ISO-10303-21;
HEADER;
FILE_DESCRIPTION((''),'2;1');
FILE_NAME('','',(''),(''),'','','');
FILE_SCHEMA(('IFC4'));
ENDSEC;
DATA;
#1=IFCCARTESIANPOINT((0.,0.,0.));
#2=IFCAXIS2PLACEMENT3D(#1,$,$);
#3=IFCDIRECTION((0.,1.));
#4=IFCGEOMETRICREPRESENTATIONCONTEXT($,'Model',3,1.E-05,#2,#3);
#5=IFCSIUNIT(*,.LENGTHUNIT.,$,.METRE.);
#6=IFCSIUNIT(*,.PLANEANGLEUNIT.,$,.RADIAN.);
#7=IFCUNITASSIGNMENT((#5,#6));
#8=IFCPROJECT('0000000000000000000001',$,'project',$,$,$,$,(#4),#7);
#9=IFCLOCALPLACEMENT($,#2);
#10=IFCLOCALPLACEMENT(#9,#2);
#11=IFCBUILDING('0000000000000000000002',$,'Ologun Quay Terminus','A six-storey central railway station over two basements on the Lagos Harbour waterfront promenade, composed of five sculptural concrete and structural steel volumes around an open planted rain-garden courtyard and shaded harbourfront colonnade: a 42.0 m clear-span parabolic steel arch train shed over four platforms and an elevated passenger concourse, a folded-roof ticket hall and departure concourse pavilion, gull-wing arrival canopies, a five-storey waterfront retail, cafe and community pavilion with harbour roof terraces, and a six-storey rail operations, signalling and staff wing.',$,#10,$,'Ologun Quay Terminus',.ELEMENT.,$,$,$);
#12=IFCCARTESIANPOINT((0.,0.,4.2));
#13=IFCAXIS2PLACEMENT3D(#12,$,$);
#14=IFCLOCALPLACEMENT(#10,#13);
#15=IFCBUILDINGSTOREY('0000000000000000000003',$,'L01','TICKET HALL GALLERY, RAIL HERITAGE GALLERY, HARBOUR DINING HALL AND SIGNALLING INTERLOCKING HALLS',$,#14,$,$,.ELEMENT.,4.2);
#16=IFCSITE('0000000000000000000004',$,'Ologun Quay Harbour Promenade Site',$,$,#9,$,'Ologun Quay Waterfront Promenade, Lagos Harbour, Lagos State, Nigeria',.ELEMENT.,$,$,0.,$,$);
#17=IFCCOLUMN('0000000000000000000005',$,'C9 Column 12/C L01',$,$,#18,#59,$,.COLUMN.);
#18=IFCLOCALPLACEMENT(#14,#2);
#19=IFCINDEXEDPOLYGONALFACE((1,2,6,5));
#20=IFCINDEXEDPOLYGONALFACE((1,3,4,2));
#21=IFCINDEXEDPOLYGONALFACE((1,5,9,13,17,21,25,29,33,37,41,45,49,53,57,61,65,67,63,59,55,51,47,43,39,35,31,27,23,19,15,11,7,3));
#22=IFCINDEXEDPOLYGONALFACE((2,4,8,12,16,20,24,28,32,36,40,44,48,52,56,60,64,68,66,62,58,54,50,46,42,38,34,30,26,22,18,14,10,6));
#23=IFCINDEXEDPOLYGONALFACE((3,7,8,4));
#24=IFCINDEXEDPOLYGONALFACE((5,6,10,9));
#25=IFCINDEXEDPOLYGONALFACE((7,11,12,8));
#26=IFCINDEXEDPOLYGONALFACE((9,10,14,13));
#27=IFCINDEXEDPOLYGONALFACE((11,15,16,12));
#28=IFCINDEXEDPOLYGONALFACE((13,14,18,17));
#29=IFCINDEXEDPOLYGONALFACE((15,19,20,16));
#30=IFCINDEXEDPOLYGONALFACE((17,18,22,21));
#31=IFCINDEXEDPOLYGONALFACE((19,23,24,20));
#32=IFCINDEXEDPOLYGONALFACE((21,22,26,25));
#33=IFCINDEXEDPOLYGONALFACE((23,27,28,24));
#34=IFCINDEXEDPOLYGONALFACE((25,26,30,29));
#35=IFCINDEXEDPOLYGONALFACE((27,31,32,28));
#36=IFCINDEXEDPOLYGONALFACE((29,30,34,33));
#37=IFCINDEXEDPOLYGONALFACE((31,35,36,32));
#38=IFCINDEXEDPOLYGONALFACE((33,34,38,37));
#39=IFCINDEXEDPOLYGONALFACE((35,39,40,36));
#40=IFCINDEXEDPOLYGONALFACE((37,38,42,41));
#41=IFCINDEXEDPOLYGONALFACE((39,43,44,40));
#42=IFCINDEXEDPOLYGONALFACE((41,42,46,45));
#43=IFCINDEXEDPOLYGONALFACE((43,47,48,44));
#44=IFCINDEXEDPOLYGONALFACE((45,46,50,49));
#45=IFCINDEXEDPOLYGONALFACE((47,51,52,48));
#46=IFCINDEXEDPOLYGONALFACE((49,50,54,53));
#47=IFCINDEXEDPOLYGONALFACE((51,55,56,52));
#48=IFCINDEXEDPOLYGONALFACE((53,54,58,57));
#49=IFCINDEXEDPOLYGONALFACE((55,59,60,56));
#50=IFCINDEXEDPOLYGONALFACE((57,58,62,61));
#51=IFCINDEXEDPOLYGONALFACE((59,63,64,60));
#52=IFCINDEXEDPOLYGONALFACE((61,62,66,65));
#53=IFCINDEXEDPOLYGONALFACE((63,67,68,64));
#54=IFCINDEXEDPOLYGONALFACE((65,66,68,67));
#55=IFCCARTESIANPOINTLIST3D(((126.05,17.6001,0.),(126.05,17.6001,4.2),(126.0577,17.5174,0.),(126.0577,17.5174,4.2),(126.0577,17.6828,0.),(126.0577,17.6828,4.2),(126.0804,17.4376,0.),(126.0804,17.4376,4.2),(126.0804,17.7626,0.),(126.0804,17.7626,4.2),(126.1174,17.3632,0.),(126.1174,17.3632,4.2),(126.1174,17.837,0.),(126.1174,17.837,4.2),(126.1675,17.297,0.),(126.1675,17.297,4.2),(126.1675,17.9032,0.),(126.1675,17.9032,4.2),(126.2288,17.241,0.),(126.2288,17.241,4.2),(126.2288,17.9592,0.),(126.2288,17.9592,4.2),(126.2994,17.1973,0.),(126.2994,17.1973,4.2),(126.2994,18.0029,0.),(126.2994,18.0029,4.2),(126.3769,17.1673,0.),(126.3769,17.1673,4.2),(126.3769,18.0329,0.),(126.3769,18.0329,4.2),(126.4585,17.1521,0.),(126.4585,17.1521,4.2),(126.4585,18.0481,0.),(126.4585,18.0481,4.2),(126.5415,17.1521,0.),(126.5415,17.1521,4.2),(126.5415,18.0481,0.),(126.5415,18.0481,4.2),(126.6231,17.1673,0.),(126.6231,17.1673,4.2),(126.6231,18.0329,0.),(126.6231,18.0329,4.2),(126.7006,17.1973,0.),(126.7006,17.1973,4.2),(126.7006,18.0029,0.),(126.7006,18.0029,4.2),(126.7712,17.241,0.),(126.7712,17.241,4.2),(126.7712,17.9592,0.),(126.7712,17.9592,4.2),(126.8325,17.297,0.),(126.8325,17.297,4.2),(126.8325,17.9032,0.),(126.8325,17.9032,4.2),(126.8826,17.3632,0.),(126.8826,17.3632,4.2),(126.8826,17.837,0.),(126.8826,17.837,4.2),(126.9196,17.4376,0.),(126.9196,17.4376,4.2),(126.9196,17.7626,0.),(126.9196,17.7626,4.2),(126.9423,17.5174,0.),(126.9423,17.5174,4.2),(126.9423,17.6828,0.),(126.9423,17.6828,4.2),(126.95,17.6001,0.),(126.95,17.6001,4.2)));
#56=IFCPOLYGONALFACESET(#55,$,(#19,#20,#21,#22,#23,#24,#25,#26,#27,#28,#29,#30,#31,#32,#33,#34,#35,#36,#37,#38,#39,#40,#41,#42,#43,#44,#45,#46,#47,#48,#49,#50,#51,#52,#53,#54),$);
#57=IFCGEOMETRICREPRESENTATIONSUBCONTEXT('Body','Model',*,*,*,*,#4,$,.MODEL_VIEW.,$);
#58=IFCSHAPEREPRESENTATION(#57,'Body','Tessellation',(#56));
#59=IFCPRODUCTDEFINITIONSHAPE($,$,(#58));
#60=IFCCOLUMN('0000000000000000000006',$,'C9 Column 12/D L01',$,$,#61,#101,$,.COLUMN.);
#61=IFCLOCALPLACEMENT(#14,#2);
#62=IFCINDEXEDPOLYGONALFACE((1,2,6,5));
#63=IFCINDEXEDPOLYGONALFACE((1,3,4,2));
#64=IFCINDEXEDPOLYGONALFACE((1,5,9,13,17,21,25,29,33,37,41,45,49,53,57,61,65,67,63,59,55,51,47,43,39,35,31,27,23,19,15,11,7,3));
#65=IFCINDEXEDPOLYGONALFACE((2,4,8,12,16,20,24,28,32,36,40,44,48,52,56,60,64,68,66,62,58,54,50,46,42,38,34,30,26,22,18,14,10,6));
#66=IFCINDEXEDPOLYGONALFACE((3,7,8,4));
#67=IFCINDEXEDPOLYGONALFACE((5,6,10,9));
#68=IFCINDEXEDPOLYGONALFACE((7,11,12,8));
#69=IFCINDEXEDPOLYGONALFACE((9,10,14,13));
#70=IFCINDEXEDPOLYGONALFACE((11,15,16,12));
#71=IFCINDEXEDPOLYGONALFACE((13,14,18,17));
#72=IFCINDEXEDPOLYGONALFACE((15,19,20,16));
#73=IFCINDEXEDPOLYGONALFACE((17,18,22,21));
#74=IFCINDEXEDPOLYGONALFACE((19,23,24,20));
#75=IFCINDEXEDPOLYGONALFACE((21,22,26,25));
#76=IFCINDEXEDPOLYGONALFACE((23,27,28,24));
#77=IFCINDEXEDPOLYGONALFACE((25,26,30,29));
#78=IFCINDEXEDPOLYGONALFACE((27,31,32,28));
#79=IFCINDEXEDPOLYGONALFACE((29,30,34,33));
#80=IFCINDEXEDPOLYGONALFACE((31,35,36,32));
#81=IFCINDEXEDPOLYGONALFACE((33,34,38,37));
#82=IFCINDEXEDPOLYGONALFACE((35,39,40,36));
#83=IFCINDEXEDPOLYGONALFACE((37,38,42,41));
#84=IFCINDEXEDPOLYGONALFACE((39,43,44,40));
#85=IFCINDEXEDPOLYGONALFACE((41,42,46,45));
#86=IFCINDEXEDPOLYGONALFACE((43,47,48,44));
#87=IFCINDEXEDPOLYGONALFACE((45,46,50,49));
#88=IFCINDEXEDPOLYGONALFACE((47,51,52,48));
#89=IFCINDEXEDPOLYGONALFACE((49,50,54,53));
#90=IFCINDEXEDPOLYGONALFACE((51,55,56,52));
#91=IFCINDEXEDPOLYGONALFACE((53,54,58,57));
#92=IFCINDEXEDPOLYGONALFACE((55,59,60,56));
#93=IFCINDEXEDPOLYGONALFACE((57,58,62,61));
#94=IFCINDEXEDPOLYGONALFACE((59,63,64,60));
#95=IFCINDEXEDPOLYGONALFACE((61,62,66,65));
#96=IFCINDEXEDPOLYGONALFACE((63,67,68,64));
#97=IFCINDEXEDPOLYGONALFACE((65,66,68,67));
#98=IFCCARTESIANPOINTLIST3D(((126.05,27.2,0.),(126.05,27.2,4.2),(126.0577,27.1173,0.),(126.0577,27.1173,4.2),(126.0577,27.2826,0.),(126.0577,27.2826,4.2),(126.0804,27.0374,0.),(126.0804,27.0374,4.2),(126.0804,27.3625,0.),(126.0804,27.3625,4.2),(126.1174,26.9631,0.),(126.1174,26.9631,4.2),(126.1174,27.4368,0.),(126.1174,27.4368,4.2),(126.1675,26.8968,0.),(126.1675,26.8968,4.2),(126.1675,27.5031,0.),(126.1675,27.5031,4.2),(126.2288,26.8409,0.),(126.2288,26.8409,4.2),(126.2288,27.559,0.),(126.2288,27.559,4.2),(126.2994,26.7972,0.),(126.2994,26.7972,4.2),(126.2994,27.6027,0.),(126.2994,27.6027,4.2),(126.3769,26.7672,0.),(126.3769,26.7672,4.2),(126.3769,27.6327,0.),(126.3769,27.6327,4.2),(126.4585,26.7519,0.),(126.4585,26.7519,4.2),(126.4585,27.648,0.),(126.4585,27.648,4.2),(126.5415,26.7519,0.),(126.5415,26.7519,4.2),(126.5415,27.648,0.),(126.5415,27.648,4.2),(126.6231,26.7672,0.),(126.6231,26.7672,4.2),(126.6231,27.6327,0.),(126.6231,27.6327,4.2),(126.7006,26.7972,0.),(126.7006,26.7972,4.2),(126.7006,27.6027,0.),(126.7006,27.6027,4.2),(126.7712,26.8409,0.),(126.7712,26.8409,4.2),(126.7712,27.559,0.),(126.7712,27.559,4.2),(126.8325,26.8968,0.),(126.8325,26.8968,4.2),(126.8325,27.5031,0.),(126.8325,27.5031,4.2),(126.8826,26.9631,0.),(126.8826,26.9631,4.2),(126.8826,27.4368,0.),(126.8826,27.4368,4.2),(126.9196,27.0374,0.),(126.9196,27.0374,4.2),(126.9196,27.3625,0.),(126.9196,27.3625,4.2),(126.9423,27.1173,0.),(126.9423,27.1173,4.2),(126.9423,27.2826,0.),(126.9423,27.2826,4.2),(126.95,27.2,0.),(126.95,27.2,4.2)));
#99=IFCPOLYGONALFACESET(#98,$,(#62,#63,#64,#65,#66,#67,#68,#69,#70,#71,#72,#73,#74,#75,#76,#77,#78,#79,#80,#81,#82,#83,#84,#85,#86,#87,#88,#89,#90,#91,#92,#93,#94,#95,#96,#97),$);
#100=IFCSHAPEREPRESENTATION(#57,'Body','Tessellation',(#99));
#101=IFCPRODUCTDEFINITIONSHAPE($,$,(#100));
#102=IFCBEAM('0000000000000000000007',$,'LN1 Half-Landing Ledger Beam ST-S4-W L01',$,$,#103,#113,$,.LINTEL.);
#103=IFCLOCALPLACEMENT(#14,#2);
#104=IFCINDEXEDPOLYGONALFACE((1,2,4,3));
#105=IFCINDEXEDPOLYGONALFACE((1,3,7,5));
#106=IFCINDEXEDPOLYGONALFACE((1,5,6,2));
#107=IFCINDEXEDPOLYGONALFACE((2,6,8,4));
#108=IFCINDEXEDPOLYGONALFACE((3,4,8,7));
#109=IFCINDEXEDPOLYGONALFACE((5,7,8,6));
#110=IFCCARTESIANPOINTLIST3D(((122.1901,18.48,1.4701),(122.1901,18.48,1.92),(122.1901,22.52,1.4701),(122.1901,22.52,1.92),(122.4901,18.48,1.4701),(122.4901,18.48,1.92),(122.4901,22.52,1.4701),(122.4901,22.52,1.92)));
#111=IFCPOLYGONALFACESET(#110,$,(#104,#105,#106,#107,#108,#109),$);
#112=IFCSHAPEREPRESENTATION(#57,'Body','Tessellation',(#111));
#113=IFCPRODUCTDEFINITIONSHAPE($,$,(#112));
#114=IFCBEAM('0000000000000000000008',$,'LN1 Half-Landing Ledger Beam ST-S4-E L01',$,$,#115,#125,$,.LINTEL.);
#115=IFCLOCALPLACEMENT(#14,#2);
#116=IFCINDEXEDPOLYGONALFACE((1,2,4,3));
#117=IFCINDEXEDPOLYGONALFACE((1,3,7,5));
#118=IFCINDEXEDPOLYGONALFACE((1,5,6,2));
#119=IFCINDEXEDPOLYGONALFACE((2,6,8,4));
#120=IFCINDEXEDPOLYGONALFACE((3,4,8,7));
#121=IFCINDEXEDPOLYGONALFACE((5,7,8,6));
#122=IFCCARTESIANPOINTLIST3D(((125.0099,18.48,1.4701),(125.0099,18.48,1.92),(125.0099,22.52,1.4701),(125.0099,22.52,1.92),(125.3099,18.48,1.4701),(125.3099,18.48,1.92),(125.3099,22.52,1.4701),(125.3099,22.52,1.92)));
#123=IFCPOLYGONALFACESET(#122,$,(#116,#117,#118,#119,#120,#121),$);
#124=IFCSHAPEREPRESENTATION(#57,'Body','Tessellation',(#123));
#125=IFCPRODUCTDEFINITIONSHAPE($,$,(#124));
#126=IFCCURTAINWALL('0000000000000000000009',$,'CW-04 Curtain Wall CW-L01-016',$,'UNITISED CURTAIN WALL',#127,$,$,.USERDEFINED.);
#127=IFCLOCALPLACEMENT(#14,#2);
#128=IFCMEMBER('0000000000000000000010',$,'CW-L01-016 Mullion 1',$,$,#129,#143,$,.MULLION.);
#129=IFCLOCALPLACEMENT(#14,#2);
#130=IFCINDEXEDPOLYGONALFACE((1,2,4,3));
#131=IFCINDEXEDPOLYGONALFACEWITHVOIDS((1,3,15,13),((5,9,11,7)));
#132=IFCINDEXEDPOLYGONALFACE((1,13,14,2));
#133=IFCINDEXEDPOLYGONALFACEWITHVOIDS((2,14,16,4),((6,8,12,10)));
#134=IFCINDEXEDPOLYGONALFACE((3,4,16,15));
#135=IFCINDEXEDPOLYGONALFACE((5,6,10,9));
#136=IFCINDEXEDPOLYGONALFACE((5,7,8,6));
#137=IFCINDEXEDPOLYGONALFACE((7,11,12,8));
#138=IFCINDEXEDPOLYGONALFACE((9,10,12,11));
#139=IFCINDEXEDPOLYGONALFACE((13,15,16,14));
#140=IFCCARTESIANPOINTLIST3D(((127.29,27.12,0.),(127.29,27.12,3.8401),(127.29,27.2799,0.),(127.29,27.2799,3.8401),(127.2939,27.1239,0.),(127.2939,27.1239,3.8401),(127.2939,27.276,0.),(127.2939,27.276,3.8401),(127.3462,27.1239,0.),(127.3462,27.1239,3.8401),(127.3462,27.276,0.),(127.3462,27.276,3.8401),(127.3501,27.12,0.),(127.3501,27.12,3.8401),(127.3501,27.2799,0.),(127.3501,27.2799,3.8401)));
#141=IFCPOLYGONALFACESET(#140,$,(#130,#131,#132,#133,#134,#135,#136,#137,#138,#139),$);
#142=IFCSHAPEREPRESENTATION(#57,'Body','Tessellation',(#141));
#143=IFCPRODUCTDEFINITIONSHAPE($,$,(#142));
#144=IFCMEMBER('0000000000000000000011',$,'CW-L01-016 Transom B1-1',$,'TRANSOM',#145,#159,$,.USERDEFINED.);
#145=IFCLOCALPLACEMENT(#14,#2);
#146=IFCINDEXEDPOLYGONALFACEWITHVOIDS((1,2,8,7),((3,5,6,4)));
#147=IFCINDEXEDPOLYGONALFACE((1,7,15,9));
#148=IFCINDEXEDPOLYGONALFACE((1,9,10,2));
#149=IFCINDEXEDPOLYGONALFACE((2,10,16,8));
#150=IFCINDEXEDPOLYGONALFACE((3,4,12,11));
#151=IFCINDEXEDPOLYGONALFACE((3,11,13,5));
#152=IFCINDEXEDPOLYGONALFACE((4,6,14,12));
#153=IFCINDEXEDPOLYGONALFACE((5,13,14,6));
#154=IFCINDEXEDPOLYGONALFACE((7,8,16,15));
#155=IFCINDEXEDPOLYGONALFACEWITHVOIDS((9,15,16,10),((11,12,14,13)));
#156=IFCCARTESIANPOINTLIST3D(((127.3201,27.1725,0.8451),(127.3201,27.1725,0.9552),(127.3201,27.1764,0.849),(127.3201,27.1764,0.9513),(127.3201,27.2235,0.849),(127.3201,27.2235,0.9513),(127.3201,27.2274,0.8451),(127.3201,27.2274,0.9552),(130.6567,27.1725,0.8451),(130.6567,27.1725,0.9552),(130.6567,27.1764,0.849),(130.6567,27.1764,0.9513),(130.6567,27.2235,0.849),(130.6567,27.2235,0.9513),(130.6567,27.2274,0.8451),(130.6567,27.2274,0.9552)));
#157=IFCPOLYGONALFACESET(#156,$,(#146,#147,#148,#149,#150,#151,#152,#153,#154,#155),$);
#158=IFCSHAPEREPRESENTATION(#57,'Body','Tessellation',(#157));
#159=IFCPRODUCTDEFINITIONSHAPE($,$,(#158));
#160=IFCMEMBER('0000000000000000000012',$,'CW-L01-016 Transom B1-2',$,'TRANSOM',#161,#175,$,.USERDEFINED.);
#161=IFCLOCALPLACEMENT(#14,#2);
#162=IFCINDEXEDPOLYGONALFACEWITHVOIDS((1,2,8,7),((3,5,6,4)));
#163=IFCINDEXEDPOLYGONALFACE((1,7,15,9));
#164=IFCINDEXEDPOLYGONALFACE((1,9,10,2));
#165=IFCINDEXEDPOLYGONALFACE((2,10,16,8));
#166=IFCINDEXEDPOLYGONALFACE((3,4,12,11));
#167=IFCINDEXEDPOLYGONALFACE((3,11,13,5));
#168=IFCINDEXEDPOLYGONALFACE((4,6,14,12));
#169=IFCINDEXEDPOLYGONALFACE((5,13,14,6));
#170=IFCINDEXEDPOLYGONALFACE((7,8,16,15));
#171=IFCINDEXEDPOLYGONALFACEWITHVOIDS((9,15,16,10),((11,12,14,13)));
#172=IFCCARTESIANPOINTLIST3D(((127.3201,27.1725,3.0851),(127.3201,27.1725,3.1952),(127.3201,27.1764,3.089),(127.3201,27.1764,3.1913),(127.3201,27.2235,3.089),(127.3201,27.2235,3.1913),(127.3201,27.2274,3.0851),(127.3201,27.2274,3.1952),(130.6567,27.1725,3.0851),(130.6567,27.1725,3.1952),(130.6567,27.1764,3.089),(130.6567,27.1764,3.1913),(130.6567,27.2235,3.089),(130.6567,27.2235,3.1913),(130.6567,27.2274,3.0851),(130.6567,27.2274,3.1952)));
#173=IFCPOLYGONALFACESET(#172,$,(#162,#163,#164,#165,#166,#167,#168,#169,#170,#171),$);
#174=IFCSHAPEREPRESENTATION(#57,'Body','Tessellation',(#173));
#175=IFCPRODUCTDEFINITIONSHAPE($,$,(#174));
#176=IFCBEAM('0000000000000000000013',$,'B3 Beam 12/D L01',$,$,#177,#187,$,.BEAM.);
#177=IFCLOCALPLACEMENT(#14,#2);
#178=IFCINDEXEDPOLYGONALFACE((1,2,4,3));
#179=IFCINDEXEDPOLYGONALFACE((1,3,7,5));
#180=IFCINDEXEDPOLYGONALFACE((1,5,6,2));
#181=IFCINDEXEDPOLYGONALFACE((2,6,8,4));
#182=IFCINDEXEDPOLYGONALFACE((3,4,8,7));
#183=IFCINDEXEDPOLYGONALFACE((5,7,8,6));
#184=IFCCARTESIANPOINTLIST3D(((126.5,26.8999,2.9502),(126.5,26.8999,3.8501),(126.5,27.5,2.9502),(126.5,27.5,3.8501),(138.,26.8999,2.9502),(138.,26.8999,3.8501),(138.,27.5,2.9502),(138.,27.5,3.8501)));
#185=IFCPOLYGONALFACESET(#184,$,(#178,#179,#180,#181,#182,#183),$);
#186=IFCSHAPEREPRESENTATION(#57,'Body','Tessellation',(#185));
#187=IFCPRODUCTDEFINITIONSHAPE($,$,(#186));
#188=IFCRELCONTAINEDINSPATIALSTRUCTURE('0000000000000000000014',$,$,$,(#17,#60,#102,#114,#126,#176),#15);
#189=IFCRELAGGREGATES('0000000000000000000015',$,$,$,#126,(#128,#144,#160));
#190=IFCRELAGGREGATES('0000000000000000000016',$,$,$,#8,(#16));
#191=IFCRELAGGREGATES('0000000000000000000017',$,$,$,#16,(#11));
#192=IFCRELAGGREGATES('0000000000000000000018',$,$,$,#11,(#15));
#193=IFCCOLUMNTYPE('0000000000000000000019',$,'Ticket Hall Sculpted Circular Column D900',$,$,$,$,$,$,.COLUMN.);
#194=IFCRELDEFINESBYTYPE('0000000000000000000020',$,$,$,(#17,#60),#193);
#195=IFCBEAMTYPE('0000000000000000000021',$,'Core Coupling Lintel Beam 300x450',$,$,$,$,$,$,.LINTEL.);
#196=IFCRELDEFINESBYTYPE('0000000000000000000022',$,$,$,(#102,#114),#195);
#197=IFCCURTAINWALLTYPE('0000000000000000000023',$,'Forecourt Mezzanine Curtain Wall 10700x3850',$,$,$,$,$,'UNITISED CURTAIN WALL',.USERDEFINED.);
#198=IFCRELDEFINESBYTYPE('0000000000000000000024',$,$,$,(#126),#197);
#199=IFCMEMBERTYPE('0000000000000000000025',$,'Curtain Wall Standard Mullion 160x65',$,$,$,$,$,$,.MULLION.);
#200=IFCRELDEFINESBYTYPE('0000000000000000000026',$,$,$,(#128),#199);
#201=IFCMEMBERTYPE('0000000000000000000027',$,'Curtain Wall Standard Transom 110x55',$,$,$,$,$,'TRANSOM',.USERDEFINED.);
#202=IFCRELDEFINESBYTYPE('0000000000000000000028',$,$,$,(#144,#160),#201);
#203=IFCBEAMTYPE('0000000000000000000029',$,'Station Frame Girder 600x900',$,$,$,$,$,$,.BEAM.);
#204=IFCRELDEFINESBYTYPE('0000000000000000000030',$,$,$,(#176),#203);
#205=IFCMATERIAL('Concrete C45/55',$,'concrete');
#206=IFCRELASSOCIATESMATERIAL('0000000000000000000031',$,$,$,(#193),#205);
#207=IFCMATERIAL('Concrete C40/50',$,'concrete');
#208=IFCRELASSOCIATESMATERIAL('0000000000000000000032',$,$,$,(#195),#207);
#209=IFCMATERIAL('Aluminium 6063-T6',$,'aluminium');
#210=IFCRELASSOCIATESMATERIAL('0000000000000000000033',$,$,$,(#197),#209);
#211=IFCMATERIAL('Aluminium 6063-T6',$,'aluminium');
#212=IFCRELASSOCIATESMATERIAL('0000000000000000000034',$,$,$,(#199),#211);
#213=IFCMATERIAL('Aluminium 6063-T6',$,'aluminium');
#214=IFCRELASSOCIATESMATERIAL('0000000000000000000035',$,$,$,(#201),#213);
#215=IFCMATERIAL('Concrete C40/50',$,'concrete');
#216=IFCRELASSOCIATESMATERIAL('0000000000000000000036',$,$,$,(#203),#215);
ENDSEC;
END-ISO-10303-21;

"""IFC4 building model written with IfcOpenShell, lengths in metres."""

from ifc_helpers import new_model, si_unit, direction, frame, origin, origin_2d, place, context, subcontext, project, spatial, rectangle, hollow_rectangle, circle, extrude, material, material_profile, profile_set, type_object, element, aggregate, save


model = new_model("IFC4")

# Units and contexts
model_context = context("Model", 3, precision=1e-05, world=origin(), true_north=direction((0.0, 1.0)))
body_context = subcontext(model_context, "Body", "Model", "MODEL_VIEW")
ifc_project = project(units=[si_unit("LENGTHUNIT", "METRE"), si_unit("PLANEANGLEUNIT", "RADIAN")], contexts=[model_context])

# Site, building, storey
site_placement = place(None, origin())
site = spatial("IfcSite", under=ifc_project, at=site_placement, Name="Ologun Quay Harbour Promenade Site", LongName="Ologun Quay Waterfront Promenade, Lagos Harbour, Lagos State, Nigeria", CompositionType="ELEMENT", RefElevation=0.0)
building_placement = place(site_placement, origin())
building = spatial("IfcBuilding", under=site, at=building_placement, Name="Ologun Quay Terminus", Description="A six-storey central railway station over two basements on the Lagos Harbour waterfront promenade, composed of five sculptural concrete and structural steel volumes around an open planted rain-garden courtyard and shaded harbourfront colonnade: a 42.0 m clear-span parabolic steel arch train shed over four platforms and an elevated passenger concourse, a folded-roof ticket hall and departure concourse pavilion, gull-wing arrival canopies, a five-storey waterfront retail, cafe and community pavilion with harbour roof terraces, and a six-storey rail operations, signalling and staff wing.", LongName="Ologun Quay Terminus", CompositionType="ELEMENT")
storey_placement = place(building_placement, frame((0.0, 0.0, 4.2)))
storey = spatial("IfcBuildingStorey", under=building, at=storey_placement, Name="L01", Description="TICKET HALL GALLERY, RAIL HERITAGE GALLERY, HARBOUR DINING HALL AND SIGNALLING INTERLOCKING HALLS", CompositionType="ELEMENT", Elevation=4.2)

# Columns
ifc_material_1 = material(Name="Concrete C45/55", Category="concrete")
ifc_material_profile_1 = material_profile(ifc_material_1, circle(Radius=0.45, at=origin_2d()), Name="RC D900")
ifc_profile_set_1 = profile_set([ifc_material_profile_1], Name="Concrete C45/55")
column_type = type_object("IfcColumnType", Name="Ticket Hall Sculpted Circular Column D900", PredefinedType="COLUMN", material=ifc_profile_set_1)
for number, where, z_axis, x_axis, name in (
    (1, (126.5, 17.6001, 0.0), (0.0, 0.0, 1.0), (1.0, 0.0, 0.0), "C9 Column 12/C L01"),
    (2, (126.5, 27.2, 0.0), (0.0, 0.0, 1.0), (1.0, 0.0, 0.0), "C9 Column 12/D L01"),
):
    element("IfcColumn", number, at=place(storey_placement, frame(where, z_axis=z_axis, x_axis=x_axis)), inside=storey, type_object=column_type, Name=name, PredefinedType="COLUMN", context=body_context, shape_type="SweptSolid", body=[
        extrude(circle(Radius=0.45, at=origin_2d()), origin(), (0.0, 0.0, 1.0), 4.2),
    ])

# Beams
ifc_material_2 = material(Name="Concrete C40/50", Category="concrete")
ifc_material_profile_2 = material_profile(ifc_material_2, rectangle(XDim=0.3, YDim=0.45, at=origin_2d()), Name="RC 300x450")
ifc_profile_set_2 = profile_set([ifc_material_profile_2], Name="Concrete C40/50")
beam_type_1 = type_object("IfcBeamType", Name="Core Coupling Lintel Beam 300x450", PredefinedType="LINTEL", material=ifc_profile_set_2)
for number, where, z_axis, x_axis, name in (
    (3, (122.3401, 18.48, 1.6951), (0.0, 1.0, 0.0), (-1.0, 0.0, 0.0), "LN1 Half-Landing Ledger Beam ST-S4-W L01"),
    (4, (125.1599, 18.48, 1.6951), (0.0, 1.0, 0.0), (-1.0, 0.0, 0.0), "LN1 Half-Landing Ledger Beam ST-S4-E L01"),
):
    element("IfcBeam", number, at=place(storey_placement, frame(where, z_axis=z_axis, x_axis=x_axis)), inside=storey, type_object=beam_type_1, Name=name, PredefinedType="LINTEL", context=body_context, shape_type="SweptSolid", body=[
        extrude(rectangle(XDim=0.3, YDim=0.45, at=origin_2d()), origin(), (0.0, 0.0, 1.0), 4.04),
    ])

# Curtain wall, members
ifc_material_3 = material(Name="Aluminium 6063-T6", Category="aluminium")
curtain_wall_type = type_object("IfcCurtainWallType", Name="Forecourt Mezzanine Curtain Wall 10700x3850", ElementType="UNITISED CURTAIN WALL", PredefinedType="USERDEFINED", material=ifc_material_3)
curtain_wall_placement = place(storey_placement, origin())
curtain_wall = element("IfcCurtainWall", 5, at=curtain_wall_placement, inside=storey, type_object=curtain_wall_type, Name="CW-04 Curtain Wall CW-L01-016", ObjectType="UNITISED CURTAIN WALL", PredefinedType="USERDEFINED")
ifc_material_4 = material(Name="Aluminium 6063-T6", Category="aluminium")
ifc_material_profile_3 = material_profile(ifc_material_4, hollow_rectangle(XDim=0.0601, YDim=0.1599, WallThickness=0.0039, at=origin_2d()), Name="ALU 160x60x4")
ifc_profile_set_3 = profile_set([ifc_material_profile_3], Name="Aluminium 6063-T6")
member_type_1 = type_object("IfcMemberType", Name="Curtain Wall Standard Mullion 160x65", PredefinedType="MULLION", material=ifc_profile_set_3)
member_1_placement = place(storey_placement, frame((127.3201, 27.2, 0.0), z_axis=(0.0, 0.0, 1.0), x_axis=(1.0, 0.0, 0.0)))
member_1 = element("IfcMember", 6, at=member_1_placement, type_object=member_type_1, Name="CW-L01-016 Mullion 1", PredefinedType="MULLION", context=body_context, shape_type="SweptSolid", body=[
    extrude(hollow_rectangle(XDim=0.0601, YDim=0.1599, WallThickness=0.0039, at=origin_2d()), origin(), (0.0, 0.0, 1.0), 3.8401),
])
ifc_material_5 = material(Name="Aluminium 6063-T6", Category="aluminium")
ifc_material_profile_4 = material_profile(ifc_material_5, hollow_rectangle(XDim=0.0549, YDim=0.1101, WallThickness=0.0039, at=origin_2d()), Name="ALU 110x55x4")
ifc_profile_set_4 = profile_set([ifc_material_profile_4], Name="Aluminium 6063-T6")
member_type_2 = type_object("IfcMemberType", Name="Curtain Wall Standard Transom 110x55", ElementType="TRANSOM", PredefinedType="USERDEFINED", material=ifc_profile_set_4)
member_2_placement = place(storey_placement, frame((127.3201, 27.2, 0.9001), z_axis=(1.0, 0.0, 0.0), x_axis=(0.0, 1.0, 0.0)))
member_2 = element("IfcMember", 7, at=member_2_placement, type_object=member_type_2, Name="CW-L01-016 Transom B1-1", ObjectType="TRANSOM", PredefinedType="USERDEFINED", context=body_context, shape_type="SweptSolid", body=[
    extrude(hollow_rectangle(XDim=0.0549, YDim=0.1101, WallThickness=0.0039, at=origin_2d()), origin(), (0.0, 0.0, 1.0), 3.3367),
])
member_3_placement = place(storey_placement, frame((127.3201, 27.2, 3.1401), z_axis=(1.0, 0.0, 0.0), x_axis=(0.0, 1.0, 0.0)))
member_3 = element("IfcMember", 8, at=member_3_placement, type_object=member_type_2, Name="CW-L01-016 Transom B1-2", ObjectType="TRANSOM", PredefinedType="USERDEFINED", context=body_context, shape_type="SweptSolid", body=[
    extrude(hollow_rectangle(XDim=0.0549, YDim=0.1101, WallThickness=0.0039, at=origin_2d()), origin(), (0.0, 0.0, 1.0), 3.3367),
])

# Beam
ifc_material_6 = material(Name="Concrete C40/50", Category="concrete")
ifc_material_profile_5 = material_profile(ifc_material_6, rectangle(XDim=0.6001, YDim=0.8999, at=origin_2d()), Name="RC 600x900")
ifc_profile_set_5 = profile_set([ifc_material_profile_5], Name="Concrete C40/50")
beam_type_2 = type_object("IfcBeamType", Name="Station Frame Girder 600x900", PredefinedType="BEAM", material=ifc_profile_set_5)
beam_1_placement = place(storey_placement, frame((126.5, 27.2, 3.4001), z_axis=(1.0, 0.0, 0.0), x_axis=(0.0, 1.0, 0.0)))
element("IfcBeam", 9, at=beam_1_placement, inside=storey, type_object=beam_type_2, Name="B3 Beam 12/D L01", PredefinedType="BEAM", context=body_context, shape_type="SweptSolid", body=[
    extrude(rectangle(XDim=0.6001, YDim=0.8999, at=origin_2d()), origin(), (0.0, 0.0, 1.0), 11.5),
])

aggregate(curtain_wall, [member_1, member_2, member_3])

save(model, "model.ifc")
